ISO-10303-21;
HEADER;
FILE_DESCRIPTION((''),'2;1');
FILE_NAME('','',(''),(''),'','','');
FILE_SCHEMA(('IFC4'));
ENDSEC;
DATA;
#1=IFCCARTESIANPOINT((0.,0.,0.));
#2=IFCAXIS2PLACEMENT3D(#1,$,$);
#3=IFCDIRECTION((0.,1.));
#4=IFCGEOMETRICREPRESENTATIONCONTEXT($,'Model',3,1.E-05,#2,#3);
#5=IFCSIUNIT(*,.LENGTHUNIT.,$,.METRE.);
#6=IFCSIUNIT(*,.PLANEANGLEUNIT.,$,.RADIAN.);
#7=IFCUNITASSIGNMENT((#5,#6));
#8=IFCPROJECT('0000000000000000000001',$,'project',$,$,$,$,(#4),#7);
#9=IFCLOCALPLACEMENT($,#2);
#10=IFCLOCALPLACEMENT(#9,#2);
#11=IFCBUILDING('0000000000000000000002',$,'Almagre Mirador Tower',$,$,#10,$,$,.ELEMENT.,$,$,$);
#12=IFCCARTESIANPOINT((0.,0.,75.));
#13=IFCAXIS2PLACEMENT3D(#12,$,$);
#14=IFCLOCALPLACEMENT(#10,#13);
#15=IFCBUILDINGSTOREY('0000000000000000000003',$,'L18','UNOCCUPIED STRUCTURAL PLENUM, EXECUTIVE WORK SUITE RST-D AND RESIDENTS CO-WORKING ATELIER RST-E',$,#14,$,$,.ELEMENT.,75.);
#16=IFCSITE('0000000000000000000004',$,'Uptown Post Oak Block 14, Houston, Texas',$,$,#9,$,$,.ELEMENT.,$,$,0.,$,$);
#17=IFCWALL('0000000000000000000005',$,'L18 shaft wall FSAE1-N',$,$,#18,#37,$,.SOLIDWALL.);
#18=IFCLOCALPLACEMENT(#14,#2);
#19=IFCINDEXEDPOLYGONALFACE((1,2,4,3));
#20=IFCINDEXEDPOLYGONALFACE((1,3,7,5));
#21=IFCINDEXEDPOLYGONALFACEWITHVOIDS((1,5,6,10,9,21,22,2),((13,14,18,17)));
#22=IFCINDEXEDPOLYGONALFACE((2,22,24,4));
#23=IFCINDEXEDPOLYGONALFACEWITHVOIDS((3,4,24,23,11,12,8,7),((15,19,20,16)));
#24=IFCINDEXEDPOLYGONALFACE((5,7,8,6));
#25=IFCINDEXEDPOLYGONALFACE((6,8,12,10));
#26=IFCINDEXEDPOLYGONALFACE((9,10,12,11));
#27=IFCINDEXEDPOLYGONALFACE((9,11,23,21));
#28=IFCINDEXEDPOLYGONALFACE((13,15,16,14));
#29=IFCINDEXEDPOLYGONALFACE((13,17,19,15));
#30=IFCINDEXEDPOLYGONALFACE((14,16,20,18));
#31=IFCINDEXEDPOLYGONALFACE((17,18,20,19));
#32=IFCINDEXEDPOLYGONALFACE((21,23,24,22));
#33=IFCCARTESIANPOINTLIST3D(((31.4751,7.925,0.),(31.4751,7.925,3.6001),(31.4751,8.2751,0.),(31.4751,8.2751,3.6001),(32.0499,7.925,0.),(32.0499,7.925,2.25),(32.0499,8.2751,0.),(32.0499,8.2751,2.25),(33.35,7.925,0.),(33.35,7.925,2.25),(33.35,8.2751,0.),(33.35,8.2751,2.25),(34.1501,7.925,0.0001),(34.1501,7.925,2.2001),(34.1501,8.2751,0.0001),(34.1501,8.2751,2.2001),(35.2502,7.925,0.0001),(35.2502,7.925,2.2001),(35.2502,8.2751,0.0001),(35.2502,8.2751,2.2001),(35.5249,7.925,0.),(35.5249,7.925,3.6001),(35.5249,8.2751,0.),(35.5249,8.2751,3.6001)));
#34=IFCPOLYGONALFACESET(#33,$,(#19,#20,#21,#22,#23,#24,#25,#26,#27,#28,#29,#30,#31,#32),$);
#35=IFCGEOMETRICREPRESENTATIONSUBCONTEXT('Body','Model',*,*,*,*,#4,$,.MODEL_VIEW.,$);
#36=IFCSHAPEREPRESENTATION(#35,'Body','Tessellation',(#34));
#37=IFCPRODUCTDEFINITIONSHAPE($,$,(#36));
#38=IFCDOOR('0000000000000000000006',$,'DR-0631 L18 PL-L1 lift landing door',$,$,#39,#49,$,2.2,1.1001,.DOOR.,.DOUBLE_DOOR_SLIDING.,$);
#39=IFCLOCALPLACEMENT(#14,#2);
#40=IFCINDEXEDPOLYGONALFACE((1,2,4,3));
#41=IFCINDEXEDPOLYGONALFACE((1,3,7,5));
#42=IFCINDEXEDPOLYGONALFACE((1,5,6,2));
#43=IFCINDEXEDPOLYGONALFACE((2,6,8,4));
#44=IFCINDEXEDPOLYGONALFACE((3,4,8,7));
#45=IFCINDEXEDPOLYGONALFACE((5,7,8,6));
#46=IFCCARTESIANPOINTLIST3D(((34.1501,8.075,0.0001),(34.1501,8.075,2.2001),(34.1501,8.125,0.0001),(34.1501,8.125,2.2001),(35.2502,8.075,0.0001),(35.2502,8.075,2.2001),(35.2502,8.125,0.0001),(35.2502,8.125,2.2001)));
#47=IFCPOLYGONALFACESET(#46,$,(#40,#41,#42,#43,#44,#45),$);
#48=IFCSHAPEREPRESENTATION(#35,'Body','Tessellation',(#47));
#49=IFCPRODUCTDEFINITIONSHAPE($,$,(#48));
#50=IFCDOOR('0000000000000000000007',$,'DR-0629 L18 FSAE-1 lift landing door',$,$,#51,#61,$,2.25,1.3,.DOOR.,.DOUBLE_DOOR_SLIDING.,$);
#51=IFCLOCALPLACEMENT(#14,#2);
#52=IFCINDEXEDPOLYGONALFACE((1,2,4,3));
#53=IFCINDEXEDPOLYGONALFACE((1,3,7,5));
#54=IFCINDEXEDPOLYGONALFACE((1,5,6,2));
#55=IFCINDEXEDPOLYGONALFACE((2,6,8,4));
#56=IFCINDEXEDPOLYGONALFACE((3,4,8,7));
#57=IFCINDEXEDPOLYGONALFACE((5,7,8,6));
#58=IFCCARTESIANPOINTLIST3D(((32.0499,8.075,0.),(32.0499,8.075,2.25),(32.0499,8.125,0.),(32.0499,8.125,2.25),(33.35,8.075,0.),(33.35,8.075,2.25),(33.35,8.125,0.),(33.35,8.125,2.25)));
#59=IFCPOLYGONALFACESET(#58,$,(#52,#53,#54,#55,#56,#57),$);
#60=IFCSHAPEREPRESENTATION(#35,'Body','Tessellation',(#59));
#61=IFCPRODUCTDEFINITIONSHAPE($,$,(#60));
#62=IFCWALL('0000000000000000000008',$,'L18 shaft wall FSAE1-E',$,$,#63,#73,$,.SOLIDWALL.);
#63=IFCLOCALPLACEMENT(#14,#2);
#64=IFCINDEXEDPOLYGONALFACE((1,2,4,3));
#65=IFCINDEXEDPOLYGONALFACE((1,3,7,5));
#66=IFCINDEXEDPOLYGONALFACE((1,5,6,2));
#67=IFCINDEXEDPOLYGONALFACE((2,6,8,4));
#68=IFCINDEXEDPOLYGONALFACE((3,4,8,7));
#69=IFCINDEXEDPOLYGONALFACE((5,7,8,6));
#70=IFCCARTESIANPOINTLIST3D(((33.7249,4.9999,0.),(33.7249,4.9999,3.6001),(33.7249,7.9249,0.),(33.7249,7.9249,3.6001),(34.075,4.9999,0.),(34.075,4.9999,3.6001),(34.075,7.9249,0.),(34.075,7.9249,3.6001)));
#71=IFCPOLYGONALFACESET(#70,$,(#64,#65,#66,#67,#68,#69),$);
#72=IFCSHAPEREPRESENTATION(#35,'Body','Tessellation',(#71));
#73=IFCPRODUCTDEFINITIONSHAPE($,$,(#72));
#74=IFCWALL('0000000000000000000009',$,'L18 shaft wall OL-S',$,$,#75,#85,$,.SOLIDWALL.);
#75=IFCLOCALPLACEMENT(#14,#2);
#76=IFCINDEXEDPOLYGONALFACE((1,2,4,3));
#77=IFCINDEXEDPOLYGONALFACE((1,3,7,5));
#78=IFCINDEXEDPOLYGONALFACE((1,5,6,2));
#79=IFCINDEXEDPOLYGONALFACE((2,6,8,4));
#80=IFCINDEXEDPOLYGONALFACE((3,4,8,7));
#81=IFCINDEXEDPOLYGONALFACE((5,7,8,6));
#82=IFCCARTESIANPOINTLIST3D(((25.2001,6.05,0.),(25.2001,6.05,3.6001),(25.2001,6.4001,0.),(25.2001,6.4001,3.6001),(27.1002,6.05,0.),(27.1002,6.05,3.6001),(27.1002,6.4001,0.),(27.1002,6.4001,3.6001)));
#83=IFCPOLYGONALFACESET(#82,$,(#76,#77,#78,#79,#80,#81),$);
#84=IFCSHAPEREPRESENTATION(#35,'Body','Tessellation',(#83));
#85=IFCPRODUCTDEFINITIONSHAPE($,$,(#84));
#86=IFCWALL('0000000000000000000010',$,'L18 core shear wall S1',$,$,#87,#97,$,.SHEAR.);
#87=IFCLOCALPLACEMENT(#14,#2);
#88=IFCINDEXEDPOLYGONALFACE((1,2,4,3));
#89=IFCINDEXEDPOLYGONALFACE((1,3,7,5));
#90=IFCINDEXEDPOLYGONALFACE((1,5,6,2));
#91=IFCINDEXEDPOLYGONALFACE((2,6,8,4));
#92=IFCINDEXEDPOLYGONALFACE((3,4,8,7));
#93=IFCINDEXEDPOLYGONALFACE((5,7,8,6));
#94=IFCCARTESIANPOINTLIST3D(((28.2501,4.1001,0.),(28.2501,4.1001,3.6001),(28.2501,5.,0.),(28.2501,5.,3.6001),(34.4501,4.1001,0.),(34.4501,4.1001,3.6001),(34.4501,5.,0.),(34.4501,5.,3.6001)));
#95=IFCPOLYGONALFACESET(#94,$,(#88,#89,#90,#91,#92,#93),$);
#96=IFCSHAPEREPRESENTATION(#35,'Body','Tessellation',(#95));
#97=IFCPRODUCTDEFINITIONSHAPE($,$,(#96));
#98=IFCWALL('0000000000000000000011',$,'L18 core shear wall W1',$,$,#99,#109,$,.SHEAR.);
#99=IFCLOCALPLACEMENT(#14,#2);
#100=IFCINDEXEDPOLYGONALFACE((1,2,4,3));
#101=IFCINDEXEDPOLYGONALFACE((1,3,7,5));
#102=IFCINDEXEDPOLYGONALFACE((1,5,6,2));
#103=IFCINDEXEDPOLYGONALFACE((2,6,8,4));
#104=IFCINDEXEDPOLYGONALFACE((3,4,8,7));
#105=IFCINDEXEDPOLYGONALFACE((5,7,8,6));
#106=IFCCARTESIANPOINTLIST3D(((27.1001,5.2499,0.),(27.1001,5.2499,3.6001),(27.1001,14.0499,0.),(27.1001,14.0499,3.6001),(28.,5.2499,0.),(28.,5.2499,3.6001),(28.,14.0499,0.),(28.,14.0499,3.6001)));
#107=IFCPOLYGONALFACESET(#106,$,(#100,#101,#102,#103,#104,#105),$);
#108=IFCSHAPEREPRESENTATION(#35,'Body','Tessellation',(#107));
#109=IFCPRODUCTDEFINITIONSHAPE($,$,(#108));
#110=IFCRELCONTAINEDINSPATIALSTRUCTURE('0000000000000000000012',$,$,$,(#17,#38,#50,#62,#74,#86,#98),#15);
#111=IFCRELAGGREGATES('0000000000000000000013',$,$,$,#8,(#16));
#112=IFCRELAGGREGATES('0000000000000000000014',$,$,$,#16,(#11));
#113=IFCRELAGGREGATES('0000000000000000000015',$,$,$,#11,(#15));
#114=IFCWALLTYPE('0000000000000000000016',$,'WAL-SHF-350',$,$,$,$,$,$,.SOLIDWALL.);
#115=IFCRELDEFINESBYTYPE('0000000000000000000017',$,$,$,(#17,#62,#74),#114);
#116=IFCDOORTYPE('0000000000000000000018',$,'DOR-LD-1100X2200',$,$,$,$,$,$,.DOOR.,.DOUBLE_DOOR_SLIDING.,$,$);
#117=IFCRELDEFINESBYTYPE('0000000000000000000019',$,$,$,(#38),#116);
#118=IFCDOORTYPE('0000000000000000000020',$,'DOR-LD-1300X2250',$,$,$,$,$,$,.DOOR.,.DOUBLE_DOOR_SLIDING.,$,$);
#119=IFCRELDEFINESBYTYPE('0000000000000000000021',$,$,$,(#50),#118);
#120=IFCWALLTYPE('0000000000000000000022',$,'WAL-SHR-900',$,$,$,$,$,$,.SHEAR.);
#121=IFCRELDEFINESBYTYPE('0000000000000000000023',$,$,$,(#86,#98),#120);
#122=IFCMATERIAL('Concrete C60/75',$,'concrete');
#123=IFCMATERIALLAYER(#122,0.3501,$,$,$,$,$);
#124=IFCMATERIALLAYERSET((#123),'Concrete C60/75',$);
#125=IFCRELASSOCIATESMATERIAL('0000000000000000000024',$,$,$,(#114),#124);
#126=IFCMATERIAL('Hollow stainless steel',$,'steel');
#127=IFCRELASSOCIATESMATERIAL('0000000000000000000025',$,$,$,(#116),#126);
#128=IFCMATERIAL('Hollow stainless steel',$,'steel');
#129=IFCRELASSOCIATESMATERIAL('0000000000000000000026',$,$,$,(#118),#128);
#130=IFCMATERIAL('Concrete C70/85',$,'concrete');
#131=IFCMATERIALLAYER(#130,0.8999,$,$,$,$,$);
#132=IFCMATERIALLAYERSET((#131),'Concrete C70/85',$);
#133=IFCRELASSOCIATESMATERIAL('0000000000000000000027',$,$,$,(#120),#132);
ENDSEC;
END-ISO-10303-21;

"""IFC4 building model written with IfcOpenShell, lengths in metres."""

from ifc_helpers import new_model, si_unit, direction, frame, frame_2d, origin, place, context, subcontext, project, spatial, rectangle, extrude, material, layer, layer_set, type_object, element, fill, save


model = new_model("IFC4")

# Units and contexts
model_context = context("Model", 3, precision=1e-05, world=origin(), true_north=direction((0.0, 1.0)))
body_context = subcontext(model_context, "Body", "Model", "MODEL_VIEW")
ifc_project = project(units=[si_unit("LENGTHUNIT", "METRE"), si_unit("PLANEANGLEUNIT", "RADIAN")], contexts=[model_context])

# Site, building, storey
site_placement = place(None, origin())
site = spatial("IfcSite", under=ifc_project, at=site_placement, Name="Uptown Post Oak Block 14, Houston, Texas", CompositionType="ELEMENT", RefElevation=0.0)
building_placement = place(site_placement, origin())
building = spatial("IfcBuilding", under=site, at=building_placement, Name="Almagre Mirador Tower", CompositionType="ELEMENT")
storey_placement = place(building_placement, frame((0.0, 0.0, 75.0)))
storey = spatial("IfcBuildingStorey", under=building, at=storey_placement, Name="L18", Description="UNOCCUPIED STRUCTURAL PLENUM, EXECUTIVE WORK SUITE RST-D AND RESIDENTS CO-WORKING ATELIER RST-E", CompositionType="ELEMENT", Elevation=75.0)

# Shared definitions
ifc_material_1 = material(Name="Concrete C60/75", Category="concrete")
ifc_layer_1 = layer(ifc_material_1, 0.3501)
ifc_layer_set_1 = layer_set([ifc_layer_1], Name="Concrete C60/75")
wall_type_1 = type_object("IfcWallType", Name="WAL-SHF-350", PredefinedType="SOLIDWALL", material=ifc_layer_set_1)

# Wall, openings, doors
wall_1_placement = place(storey_placement, frame((31.4751, 8.1001, 0.0), z_axis=(0.0, 0.0, 1.0), x_axis=(1.0, 0.0, 0.0)))
wall_1 = element("IfcWall", 1, at=wall_1_placement, inside=storey, type_object=wall_type_1, Name="L18 shaft wall FSAE1-N", PredefinedType="SOLIDWALL", context=body_context, shape_type="SweptSolid", body=[
    extrude(rectangle(XDim=4.0498, YDim=0.3501, at=frame_2d((2.0249, 0.0))), origin(), (0.0, 0.0, 1.0), 3.6001),
])
opening_1_placement = place(wall_1_placement, frame((0.575, 0.0, 0.0)))
opening_1 = element("IfcOpeningElement", 2, at=opening_1_placement, cuts=wall_1, PredefinedType="OPENING", context=body_context, shape_type="SweptSolid", body=[
    extrude(rectangle(XDim=1.3, YDim=2.25, at=frame_2d((0.6499, 1.125))), frame((0.0, 0.185, 0.0), z_axis=(0.0, -1.0, 0.0), x_axis=(1.0, 0.0, 0.0)), (0.0, 0.0, 1.0), 0.3701),
])
opening_2_placement = place(wall_1_placement, frame((2.675, 0.0, 0.0)))
opening_2 = element("IfcOpeningElement", 3, at=opening_2_placement, cuts=wall_1, PredefinedType="OPENING", context=body_context, shape_type="SweptSolid", body=[
    extrude(rectangle(XDim=1.1001, YDim=2.2, at=frame_2d((0.55, 1.1001))), frame((0.0, 0.185, 0.0), z_axis=(0.0, -1.0, 0.0), x_axis=(1.0, 0.0, 0.0)), (0.0, 0.0, 1.0), 0.3701),
])
ifc_material_2 = material(Name="Hollow stainless steel", Category="steel")
door_type_1 = type_object("IfcDoorType", Name="DOR-LD-1100X2200", OperationType="DOUBLE_DOOR_SLIDING", PredefinedType="DOOR", material=ifc_material_2)
door_1_placement = place(opening_2_placement, origin())
door_1 = element("IfcDoor", 4, at=door_1_placement, inside=storey, type_object=door_type_1, Name="DR-0631 L18 PL-L1 lift landing door", OperationType="DOUBLE_DOOR_SLIDING", OverallHeight=2.2, OverallWidth=1.1001, PredefinedType="DOOR", context=body_context, shape_type="SweptSolid", body=[
    extrude(rectangle(XDim=1.1001, YDim=2.2, at=frame_2d((0.55, 1.1001))), frame((0.0, 0.0249, 0.0), z_axis=(0.0, -1.0, 0.0), x_axis=(1.0, 0.0, 0.0)), (0.0, 0.0, 1.0), 0.05),
])
fill(opening_2, door_1)
ifc_material_3 = material(Name="Hollow stainless steel", Category="steel")
door_type_2 = type_object("IfcDoorType", Name="DOR-LD-1300X2250", OperationType="DOUBLE_DOOR_SLIDING", PredefinedType="DOOR", material=ifc_material_3)
door_2_placement = place(opening_1_placement, origin())
door_2 = element("IfcDoor", 5, at=door_2_placement, inside=storey, type_object=door_type_2, Name="DR-0629 L18 FSAE-1 lift landing door", OperationType="DOUBLE_DOOR_SLIDING", OverallHeight=2.25, OverallWidth=1.3, PredefinedType="DOOR", context=body_context, shape_type="SweptSolid", body=[
    extrude(rectangle(XDim=1.3, YDim=2.25, at=frame_2d((0.6499, 1.125))), frame((0.0, 0.0249, 0.0), z_axis=(0.0, -1.0, 0.0), x_axis=(1.0, 0.0, 0.0)), (0.0, 0.0, 1.0), 0.05),
])
fill(opening_1, door_2)

# Walls
wall_2_placement = place(storey_placement, frame((33.8999, 5.0, 0.0), z_axis=(0.0, 0.0, 1.0), x_axis=(0.0, 1.0, 0.0)))
element("IfcWall", 6, at=wall_2_placement, inside=storey, type_object=wall_type_1, Name="L18 shaft wall FSAE1-E", PredefinedType="SOLIDWALL", context=body_context, shape_type="SweptSolid", body=[
    extrude(rectangle(XDim=2.925, YDim=0.3501, at=frame_2d((1.4624, 0.0))), origin(), (0.0, 0.0, 1.0), 3.6001),
])
wall_3_placement = place(storey_placement, frame((25.2, 6.2251, 0.0), z_axis=(0.0, 0.0, 1.0), x_axis=(1.0, 0.0, 0.0)))
element("IfcWall", 7, at=wall_3_placement, inside=storey, type_object=wall_type_1, Name="L18 shaft wall OL-S", PredefinedType="SOLIDWALL", context=body_context, shape_type="SweptSolid", body=[
    extrude(rectangle(XDim=1.9001, YDim=0.3501, at=frame_2d((0.9502, 0.0))), origin(), (0.0, 0.0, 1.0), 3.6001),
])
ifc_material_4 = material(Name="Concrete C70/85", Category="concrete")
ifc_layer_2 = layer(ifc_material_4, 0.8999)
ifc_layer_set_2 = layer_set([ifc_layer_2], Name="Concrete C70/85")
wall_type_2 = type_object("IfcWallType", Name="WAL-SHR-900", PredefinedType="SHEAR", material=ifc_layer_set_2)
wall_4_placement = place(storey_placement, frame((28.25, 4.55, 0.0), z_axis=(0.0, 0.0, 1.0), x_axis=(1.0, 0.0, 0.0)))
element("IfcWall", 8, at=wall_4_placement, inside=storey, type_object=wall_type_2, Name="L18 core shear wall S1", PredefinedType="SHEAR", context=body_context, shape_type="SweptSolid", body=[
    extrude(rectangle(XDim=6.2, YDim=0.8999, at=frame_2d((3.1001, 0.0))), origin(), (0.0, 0.0, 1.0), 3.6001),
])
wall_5_placement = place(storey_placement, frame((27.55, 5.25, 0.0), z_axis=(0.0, 0.0, 1.0), x_axis=(0.0, 1.0, 0.0)))
element("IfcWall", 9, at=wall_5_placement, inside=storey, type_object=wall_type_2, Name="L18 core shear wall W1", PredefinedType="SHEAR", context=body_context, shape_type="SweptSolid", body=[
    extrude(rectangle(XDim=8.8, YDim=0.8999, at=frame_2d((4.3999, 0.0))), origin(), (0.0, 0.0, 1.0), 3.6001),
])

save(model, "model.ifc")
